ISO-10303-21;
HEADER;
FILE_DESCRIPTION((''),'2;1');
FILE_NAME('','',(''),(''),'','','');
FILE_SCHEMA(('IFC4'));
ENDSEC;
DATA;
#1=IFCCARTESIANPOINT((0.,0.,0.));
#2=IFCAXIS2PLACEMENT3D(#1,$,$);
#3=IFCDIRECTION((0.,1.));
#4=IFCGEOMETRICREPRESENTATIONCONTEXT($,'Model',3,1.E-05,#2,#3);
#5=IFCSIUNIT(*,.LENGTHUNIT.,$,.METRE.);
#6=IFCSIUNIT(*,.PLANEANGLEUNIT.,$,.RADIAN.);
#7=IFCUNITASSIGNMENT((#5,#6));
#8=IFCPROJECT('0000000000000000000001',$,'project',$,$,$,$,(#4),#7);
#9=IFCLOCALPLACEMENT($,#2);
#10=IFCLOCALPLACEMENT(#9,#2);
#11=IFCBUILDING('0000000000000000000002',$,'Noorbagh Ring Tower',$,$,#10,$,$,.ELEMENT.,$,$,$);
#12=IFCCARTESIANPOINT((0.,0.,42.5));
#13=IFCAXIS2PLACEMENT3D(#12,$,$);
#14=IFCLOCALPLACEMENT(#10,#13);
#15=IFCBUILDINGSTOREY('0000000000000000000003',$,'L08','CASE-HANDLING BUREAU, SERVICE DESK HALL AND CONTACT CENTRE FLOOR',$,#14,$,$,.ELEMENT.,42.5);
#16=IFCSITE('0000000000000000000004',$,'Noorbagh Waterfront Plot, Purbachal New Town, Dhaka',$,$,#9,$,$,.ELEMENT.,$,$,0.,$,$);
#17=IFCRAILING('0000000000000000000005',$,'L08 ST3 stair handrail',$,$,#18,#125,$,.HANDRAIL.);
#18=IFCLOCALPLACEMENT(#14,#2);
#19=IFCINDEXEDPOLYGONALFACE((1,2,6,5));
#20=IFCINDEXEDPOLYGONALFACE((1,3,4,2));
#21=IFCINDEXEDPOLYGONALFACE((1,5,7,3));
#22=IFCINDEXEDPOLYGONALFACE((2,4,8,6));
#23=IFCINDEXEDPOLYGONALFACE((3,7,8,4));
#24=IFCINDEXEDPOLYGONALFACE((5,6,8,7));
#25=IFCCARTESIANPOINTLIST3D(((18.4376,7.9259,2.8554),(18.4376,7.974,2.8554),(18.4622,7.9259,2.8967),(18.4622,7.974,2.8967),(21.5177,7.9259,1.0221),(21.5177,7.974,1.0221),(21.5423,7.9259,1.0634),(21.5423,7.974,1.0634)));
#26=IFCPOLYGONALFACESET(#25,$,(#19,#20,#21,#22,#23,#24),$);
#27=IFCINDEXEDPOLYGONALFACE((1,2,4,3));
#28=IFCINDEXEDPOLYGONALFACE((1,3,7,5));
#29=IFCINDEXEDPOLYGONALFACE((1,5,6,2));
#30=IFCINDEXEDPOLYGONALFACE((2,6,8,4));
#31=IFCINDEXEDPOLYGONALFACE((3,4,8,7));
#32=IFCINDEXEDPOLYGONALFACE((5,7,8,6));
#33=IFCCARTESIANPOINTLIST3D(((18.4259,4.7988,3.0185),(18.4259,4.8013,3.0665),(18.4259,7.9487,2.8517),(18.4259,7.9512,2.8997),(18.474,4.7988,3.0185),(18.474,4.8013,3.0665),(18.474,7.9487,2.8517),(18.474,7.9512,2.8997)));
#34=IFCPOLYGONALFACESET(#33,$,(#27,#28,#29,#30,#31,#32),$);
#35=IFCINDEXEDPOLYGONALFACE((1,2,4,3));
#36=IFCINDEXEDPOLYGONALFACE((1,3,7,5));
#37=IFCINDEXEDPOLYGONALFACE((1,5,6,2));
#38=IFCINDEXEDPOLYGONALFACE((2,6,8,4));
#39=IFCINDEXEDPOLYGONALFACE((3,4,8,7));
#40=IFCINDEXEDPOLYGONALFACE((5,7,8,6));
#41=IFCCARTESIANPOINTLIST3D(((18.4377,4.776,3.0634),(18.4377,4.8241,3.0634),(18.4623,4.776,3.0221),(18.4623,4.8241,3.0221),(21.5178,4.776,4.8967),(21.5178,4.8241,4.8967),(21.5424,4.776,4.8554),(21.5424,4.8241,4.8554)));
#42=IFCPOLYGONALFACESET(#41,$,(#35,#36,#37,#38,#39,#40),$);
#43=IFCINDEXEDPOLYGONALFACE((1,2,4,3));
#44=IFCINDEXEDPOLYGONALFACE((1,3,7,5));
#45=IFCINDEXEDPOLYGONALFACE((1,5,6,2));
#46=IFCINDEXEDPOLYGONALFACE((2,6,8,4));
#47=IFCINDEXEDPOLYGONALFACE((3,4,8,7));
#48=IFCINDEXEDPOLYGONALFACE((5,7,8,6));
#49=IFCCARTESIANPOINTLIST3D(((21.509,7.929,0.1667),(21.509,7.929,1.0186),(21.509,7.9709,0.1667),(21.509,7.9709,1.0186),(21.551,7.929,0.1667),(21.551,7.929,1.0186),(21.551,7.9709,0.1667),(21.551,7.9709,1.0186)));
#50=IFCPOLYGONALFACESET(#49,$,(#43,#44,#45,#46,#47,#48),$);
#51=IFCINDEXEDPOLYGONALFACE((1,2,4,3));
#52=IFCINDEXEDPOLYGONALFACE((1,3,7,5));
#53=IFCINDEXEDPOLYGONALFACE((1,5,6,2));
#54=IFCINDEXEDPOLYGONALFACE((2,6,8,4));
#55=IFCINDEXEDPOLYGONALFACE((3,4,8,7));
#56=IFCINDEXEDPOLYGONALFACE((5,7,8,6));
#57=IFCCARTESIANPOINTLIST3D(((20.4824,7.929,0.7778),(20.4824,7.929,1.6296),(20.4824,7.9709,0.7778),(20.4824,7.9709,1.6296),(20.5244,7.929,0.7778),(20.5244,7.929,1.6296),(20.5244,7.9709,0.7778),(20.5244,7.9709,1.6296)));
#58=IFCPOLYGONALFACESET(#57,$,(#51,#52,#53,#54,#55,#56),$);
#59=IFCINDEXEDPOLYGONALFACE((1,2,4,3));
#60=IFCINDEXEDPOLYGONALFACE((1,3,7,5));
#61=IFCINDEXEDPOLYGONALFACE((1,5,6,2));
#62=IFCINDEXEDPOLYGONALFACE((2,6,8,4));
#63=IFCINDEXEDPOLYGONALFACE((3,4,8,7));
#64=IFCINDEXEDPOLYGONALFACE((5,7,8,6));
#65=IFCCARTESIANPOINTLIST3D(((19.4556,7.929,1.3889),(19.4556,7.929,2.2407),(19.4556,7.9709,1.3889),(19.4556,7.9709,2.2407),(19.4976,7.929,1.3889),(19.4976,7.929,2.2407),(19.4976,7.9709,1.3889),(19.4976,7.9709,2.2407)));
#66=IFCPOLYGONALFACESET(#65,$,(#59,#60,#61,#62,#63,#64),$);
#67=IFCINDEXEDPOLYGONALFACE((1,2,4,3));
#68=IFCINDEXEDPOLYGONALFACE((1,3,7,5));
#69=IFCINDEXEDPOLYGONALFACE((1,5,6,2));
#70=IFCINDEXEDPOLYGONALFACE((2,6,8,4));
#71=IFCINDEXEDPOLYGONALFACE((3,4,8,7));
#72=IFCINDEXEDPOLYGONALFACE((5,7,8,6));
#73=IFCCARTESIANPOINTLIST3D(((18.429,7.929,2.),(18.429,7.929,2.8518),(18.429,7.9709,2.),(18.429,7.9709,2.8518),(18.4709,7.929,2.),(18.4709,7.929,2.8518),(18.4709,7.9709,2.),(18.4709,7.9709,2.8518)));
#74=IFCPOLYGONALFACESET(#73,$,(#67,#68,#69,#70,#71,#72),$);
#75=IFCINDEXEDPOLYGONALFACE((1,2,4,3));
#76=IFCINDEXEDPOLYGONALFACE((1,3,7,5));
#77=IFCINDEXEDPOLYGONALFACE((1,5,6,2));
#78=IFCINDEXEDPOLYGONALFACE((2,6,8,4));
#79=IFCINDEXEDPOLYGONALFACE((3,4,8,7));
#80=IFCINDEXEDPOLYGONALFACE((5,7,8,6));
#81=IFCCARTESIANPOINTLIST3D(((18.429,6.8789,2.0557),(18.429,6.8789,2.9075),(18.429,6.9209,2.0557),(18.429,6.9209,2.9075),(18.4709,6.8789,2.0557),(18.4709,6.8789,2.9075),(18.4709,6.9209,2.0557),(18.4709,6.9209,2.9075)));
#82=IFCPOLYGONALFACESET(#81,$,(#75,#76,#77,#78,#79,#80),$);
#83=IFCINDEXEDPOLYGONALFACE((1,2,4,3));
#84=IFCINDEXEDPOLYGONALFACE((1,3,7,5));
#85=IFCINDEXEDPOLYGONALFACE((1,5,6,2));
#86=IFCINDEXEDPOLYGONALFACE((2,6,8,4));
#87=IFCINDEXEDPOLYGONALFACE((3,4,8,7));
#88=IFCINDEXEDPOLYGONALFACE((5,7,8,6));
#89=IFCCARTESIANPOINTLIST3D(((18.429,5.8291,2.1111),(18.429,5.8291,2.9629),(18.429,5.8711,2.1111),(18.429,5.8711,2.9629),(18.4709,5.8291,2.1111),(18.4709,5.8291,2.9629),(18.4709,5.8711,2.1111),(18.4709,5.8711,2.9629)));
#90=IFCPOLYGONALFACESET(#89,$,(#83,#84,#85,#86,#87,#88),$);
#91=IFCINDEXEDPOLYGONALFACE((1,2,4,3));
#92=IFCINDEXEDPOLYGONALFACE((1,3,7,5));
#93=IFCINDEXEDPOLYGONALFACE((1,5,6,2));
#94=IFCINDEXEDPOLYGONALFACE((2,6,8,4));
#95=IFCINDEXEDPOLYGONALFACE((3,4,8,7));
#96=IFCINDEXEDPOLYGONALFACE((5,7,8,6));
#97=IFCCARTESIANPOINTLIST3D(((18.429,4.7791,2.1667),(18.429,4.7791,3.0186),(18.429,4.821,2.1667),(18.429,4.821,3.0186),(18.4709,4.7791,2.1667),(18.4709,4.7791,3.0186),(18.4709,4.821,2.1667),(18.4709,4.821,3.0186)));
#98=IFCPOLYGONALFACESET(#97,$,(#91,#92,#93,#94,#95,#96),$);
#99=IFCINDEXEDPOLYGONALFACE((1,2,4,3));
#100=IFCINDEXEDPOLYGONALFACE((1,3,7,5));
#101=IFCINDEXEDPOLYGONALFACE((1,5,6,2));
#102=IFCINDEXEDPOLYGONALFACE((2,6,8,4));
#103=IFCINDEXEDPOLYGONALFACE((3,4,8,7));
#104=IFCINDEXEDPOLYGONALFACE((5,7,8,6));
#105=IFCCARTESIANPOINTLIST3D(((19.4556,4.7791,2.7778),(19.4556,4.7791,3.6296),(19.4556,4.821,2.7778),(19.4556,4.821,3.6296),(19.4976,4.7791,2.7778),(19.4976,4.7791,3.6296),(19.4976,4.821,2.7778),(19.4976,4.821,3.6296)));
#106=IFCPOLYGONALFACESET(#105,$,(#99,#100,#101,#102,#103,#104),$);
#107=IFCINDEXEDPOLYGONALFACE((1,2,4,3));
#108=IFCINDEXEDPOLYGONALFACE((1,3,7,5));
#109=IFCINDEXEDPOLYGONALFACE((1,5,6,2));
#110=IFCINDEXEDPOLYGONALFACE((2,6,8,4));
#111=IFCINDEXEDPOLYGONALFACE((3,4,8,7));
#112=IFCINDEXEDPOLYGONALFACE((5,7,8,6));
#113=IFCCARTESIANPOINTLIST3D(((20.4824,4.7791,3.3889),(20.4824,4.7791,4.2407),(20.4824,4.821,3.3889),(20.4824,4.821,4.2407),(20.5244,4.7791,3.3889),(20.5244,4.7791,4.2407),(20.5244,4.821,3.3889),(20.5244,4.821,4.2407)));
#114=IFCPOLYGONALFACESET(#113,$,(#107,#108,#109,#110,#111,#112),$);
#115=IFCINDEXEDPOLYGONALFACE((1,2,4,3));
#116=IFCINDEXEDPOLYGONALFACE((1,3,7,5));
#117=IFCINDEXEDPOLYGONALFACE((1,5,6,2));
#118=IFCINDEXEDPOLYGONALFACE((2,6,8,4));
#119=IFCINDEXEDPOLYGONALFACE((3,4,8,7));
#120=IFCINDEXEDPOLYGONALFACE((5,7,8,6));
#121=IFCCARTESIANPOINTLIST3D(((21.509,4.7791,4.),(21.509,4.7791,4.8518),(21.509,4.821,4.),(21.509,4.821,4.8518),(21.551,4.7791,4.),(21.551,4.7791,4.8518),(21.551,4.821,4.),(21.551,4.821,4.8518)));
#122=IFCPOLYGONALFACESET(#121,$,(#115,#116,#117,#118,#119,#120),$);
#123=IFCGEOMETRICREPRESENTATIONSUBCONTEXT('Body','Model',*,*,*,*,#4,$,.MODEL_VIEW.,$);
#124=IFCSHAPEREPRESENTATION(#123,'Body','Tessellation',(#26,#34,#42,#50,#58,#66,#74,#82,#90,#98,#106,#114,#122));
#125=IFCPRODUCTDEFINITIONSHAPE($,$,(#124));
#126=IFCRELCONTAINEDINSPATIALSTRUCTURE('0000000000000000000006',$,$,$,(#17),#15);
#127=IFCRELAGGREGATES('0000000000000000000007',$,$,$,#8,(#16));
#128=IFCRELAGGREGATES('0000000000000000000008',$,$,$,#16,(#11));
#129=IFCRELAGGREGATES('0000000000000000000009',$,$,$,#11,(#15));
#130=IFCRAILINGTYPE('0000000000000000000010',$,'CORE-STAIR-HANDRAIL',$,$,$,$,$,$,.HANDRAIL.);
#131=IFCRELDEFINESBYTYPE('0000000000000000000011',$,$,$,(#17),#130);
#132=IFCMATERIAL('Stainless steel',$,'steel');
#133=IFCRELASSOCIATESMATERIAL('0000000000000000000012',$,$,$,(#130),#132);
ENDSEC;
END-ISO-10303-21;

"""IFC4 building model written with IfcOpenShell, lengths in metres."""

from ifc_helpers import new_model, si_unit, direction, frame, origin, origin_2d, place, context, subcontext, project, spatial, rectangle, extrude, material, type_object, element, save


model = new_model("IFC4")

# Units and contexts
model_context = context("Model", 3, precision=1e-05, world=origin(), true_north=direction((0.0, 1.0)))
body_context = subcontext(model_context, "Body", "Model", "MODEL_VIEW")
ifc_project = project(units=[si_unit("LENGTHUNIT", "METRE"), si_unit("PLANEANGLEUNIT", "RADIAN")], contexts=[model_context])

# Site, building, storey
site_placement = place(None, origin())
site = spatial("IfcSite", under=ifc_project, at=site_placement, Name="Noorbagh Waterfront Plot, Purbachal New Town, Dhaka", CompositionType="ELEMENT", RefElevation=0.0)
building_placement = place(site_placement, origin())
building = spatial("IfcBuilding", under=site, at=building_placement, Name="Noorbagh Ring Tower", CompositionType="ELEMENT")
storey_placement = place(building_placement, frame((0.0, 0.0, 42.5)))
storey = spatial("IfcBuildingStorey", under=building, at=storey_placement, Name="L08", Description="CASE-HANDLING BUREAU, SERVICE DESK HALL AND CONTACT CENTRE FLOOR", CompositionType="ELEMENT", Elevation=42.5)

# Railing
ifc_material_1 = material(Name="Stainless steel", Category="steel")
railing_type_1 = type_object("IfcRailingType", Name="CORE-STAIR-HANDRAIL", PredefinedType="HANDRAIL", material=ifc_material_1)
railing_1_placement = place(storey_placement, frame((21.53, 7.95, 0.1667)))
element("IfcRailing", 1, at=railing_1_placement, inside=storey, type_object=railing_type_1, Name="L08 ST3 stair handrail", PredefinedType="HANDRAIL", context=body_context, shape_type="SweptSolid", body=[
    extrude(rectangle(XDim=0.0481, YDim=0.0481, at=origin_2d()), frame((0.0, 0.0, 0.876), z_axis=(-0.859309, 0.0, 0.511458), x_axis=(0.0, -1.0, 0.0)), (0.0, 0.0, 1.0), 3.5845),
    extrude(rectangle(XDim=0.0481, YDim=0.0481, at=origin_2d()), frame((-3.0801, 0.0, 2.709), z_axis=(0.0, -0.998602, 0.052864), x_axis=(1.0, 0.0, 0.0)), (0.0, 0.0, 1.0), 3.1543),
    extrude(rectangle(XDim=0.0481, YDim=0.0481, at=origin_2d()), frame((-3.0801, -3.1499, 2.876), z_axis=(0.859309, 0.0, 0.511458), x_axis=(0.0, 1.0, 0.0)), (0.0, 0.0, 1.0), 3.5845),
    extrude(rectangle(XDim=0.042, YDim=0.042, at=origin_2d()), origin(), (0.0, 0.0, 1.0), 0.8518),
    extrude(rectangle(XDim=0.042, YDim=0.042, at=origin_2d()), frame((-1.0266, 0.0, 0.6111)), (0.0, 0.0, 1.0), 0.8518),
    extrude(rectangle(XDim=0.042, YDim=0.042, at=origin_2d()), frame((-2.0535, 0.0, 1.2222)), (0.0, 0.0, 1.0), 0.8518),
    extrude(rectangle(XDim=0.042, YDim=0.042, at=origin_2d()), frame((-3.0801, 0.0, 1.8333)), (0.0, 0.0, 1.0), 0.8518),
    extrude(rectangle(XDim=0.042, YDim=0.042, at=origin_2d()), frame((-3.0801, -1.05, 1.8889)), (0.0, 0.0, 1.0), 0.8518),
    extrude(rectangle(XDim=0.042, YDim=0.042, at=origin_2d()), frame((-3.0801, -2.0999, 1.9443)), (0.0, 0.0, 1.0), 0.8518),
    extrude(rectangle(XDim=0.042, YDim=0.042, at=origin_2d()), frame((-3.0801, -3.1499, 2.0)), (0.0, 0.0, 1.0), 0.8518),
    extrude(rectangle(XDim=0.042, YDim=0.042, at=origin_2d()), frame((-2.0535, -3.1499, 2.6111)), (0.0, 0.0, 1.0), 0.8518),
    extrude(rectangle(XDim=0.042, YDim=0.042, at=origin_2d()), frame((-1.0266, -3.1499, 3.2222)), (0.0, 0.0, 1.0), 0.8518),
    extrude(rectangle(XDim=0.042, YDim=0.042, at=origin_2d()), frame((0.0, -3.1499, 3.8333)), (0.0, 0.0, 1.0), 0.8518),
])

save(model, "model.ifc")
